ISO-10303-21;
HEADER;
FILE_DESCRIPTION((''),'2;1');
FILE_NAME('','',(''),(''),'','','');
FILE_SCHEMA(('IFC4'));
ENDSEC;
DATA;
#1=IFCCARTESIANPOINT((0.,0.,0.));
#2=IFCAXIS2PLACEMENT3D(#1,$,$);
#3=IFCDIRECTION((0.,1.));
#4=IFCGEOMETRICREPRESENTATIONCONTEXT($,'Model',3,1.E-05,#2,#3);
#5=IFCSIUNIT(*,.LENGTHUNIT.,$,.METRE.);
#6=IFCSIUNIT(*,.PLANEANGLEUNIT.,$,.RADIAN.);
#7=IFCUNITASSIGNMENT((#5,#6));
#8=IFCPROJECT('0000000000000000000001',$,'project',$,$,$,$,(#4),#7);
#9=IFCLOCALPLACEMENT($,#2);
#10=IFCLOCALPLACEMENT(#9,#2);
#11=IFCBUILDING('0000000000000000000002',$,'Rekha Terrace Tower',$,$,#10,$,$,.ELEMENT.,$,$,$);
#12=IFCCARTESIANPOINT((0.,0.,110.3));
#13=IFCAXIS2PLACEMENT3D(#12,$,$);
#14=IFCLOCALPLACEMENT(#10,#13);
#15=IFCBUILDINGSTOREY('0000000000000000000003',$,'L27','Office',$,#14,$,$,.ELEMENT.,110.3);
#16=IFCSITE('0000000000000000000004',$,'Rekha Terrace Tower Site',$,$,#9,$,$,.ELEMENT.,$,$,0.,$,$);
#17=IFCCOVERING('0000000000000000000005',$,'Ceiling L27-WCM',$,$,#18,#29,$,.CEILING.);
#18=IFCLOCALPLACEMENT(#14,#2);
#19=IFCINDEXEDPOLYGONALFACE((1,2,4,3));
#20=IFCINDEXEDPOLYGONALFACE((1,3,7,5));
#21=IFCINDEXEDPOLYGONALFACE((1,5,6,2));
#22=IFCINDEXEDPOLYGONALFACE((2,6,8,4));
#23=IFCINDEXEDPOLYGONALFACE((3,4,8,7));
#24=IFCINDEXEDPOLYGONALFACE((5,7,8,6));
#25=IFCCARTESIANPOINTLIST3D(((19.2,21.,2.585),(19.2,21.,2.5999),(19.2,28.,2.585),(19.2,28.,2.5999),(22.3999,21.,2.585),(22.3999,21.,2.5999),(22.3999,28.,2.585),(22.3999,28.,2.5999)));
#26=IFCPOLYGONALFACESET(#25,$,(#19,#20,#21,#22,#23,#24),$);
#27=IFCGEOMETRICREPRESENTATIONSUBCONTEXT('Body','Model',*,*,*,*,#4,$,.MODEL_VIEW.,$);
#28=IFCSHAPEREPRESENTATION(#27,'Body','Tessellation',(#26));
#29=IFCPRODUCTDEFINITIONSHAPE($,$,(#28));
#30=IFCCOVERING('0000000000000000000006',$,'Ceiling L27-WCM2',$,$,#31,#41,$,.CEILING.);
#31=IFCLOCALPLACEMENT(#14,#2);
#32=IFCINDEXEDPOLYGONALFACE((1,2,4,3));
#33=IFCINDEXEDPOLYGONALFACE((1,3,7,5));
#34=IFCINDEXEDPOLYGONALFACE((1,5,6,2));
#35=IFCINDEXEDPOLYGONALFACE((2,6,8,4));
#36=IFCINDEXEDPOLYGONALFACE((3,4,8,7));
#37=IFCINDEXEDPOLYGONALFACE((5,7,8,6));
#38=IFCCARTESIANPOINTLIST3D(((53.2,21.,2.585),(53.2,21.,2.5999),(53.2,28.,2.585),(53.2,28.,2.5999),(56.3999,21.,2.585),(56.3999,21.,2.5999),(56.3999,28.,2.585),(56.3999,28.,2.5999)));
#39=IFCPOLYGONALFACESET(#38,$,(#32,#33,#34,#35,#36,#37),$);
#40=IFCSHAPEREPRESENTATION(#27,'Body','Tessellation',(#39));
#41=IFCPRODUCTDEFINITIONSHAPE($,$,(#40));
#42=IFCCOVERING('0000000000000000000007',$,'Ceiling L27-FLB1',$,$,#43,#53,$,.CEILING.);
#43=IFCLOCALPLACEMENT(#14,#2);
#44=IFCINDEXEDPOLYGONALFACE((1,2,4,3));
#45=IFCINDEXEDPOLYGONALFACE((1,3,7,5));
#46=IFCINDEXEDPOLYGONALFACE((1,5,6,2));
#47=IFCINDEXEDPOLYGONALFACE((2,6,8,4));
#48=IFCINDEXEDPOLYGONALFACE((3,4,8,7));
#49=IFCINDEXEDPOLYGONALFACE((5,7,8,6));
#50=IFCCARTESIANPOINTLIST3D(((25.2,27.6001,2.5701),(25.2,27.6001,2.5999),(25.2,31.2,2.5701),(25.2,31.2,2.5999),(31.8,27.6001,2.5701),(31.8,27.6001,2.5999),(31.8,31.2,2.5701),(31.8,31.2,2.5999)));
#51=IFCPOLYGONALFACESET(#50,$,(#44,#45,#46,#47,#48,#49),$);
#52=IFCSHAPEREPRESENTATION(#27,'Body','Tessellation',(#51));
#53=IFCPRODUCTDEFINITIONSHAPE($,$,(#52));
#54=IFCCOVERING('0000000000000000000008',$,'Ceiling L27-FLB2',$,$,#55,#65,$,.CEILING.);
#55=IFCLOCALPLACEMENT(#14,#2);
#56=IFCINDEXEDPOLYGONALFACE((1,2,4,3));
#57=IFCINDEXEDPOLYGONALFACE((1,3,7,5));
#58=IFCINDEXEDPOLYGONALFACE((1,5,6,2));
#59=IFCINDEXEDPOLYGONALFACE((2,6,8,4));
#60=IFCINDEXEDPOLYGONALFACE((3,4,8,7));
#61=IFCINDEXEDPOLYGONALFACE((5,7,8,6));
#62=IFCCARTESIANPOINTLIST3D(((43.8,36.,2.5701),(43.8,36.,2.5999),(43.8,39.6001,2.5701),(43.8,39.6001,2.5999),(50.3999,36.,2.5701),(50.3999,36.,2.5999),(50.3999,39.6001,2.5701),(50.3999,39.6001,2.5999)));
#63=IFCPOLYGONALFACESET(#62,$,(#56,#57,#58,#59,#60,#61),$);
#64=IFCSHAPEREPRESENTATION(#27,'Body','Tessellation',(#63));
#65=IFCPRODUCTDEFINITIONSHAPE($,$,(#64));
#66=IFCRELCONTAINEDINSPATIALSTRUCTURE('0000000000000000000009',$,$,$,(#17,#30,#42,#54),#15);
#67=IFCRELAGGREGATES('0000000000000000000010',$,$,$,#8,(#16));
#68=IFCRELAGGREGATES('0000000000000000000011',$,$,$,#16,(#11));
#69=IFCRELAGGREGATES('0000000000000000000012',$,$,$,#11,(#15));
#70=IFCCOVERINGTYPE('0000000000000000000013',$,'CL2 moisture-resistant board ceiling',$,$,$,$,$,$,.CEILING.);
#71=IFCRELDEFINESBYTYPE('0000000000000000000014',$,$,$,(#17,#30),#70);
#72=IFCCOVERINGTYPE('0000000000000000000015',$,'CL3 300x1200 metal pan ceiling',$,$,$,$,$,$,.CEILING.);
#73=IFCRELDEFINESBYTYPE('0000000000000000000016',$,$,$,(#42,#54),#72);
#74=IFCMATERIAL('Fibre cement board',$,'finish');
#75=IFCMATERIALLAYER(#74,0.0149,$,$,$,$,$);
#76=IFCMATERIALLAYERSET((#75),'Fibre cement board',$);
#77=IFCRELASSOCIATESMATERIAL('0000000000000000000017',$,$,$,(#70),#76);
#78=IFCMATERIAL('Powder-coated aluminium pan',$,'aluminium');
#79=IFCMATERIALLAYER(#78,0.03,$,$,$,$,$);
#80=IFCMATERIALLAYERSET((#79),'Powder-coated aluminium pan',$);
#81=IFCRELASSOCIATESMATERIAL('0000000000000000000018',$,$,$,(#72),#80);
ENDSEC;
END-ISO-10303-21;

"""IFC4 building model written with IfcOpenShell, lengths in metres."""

from ifc_helpers import new_model, si_unit, direction, frame, origin, place, context, subcontext, project, spatial, polyline, outline, extrude, material, layer, layer_set, type_object, element, save


model = new_model("IFC4")

# Units and contexts
model_context = context("Model", 3, precision=1e-05, world=origin(), true_north=direction((0.0, 1.0)))
body_context = subcontext(model_context, "Body", "Model", "MODEL_VIEW")
ifc_project = project(units=[si_unit("LENGTHUNIT", "METRE"), si_unit("PLANEANGLEUNIT", "RADIAN")], contexts=[model_context])

# Site, building, storey
site_placement = place(None, origin())
site = spatial("IfcSite", under=ifc_project, at=site_placement, Name="Rekha Terrace Tower Site", CompositionType="ELEMENT", RefElevation=0.0)
building_placement = place(site_placement, origin())
building = spatial("IfcBuilding", under=site, at=building_placement, Name="Rekha Terrace Tower", CompositionType="ELEMENT")
storey_placement = place(building_placement, frame((0.0, 0.0, 110.3)))
storey = spatial("IfcBuildingStorey", under=building, at=storey_placement, Name="L27", Description="Office", CompositionType="ELEMENT", Elevation=110.3)

# Coverings
ifc_material_1 = material(Name="Fibre cement board", Category="finish")
ifc_layer_1 = layer(ifc_material_1, 0.0149)
ifc_layer_set_1 = layer_set([ifc_layer_1], Name="Fibre cement board")
covering_type_1 = type_object("IfcCoveringType", Name="CL2 moisture-resistant board ceiling", PredefinedType="CEILING", material=ifc_layer_set_1)
covering_1_placement = place(storey_placement, frame((0.0, 0.0, 2.585)))
element("IfcCovering", 1, at=covering_1_placement, inside=storey, type_object=covering_type_1, Name="Ceiling L27-WCM", PredefinedType="CEILING", context=body_context, shape_type="SweptSolid", body=[
    extrude(outline(polyline([(22.3999, 28.0), (19.2, 28.0), (19.2, 21.0), (22.3999, 21.0), (22.3999, 28.0)])), origin(), (0.0, 0.0, 1.0), 0.0149),
])
covering_2_placement = place(storey_placement, frame((0.0, 0.0, 2.585)))
element("IfcCovering", 2, at=covering_2_placement, inside=storey, type_object=covering_type_1, Name="Ceiling L27-WCM2", PredefinedType="CEILING", context=body_context, shape_type="SweptSolid", body=[
    extrude(outline(polyline([(56.3999, 28.0), (53.2, 28.0), (53.2, 21.0), (56.3999, 21.0), (56.3999, 28.0)])), origin(), (0.0, 0.0, 1.0), 0.0149),
])
ifc_material_2 = material(Name="Powder-coated aluminium pan", Category="aluminium")
ifc_layer_2 = layer(ifc_material_2, 0.03)
ifc_layer_set_2 = layer_set([ifc_layer_2], Name="Powder-coated aluminium pan")
covering_type_2 = type_object("IfcCoveringType", Name="CL3 300x1200 metal pan ceiling", PredefinedType="CEILING", material=ifc_layer_set_2)
covering_3_placement = place(storey_placement, frame((0.0, 0.0, 2.5701)))
element("IfcCovering", 3, at=covering_3_placement, inside=storey, type_object=covering_type_2, Name="Ceiling L27-FLB1", PredefinedType="CEILING", context=body_context, shape_type="SweptSolid", body=[
    extrude(outline(polyline([(31.8, 31.2), (25.2, 31.2), (25.2, 27.6001), (31.8, 27.6001), (31.8, 31.2)])), origin(), (0.0, 0.0, 1.0), 0.0298),
])
covering_4_placement = place(storey_placement, frame((0.0, 0.0, 2.5701)))
element("IfcCovering", 4, at=covering_4_placement, inside=storey, type_object=covering_type_2, Name="Ceiling L27-FLB2", PredefinedType="CEILING", context=body_context, shape_type="SweptSolid", body=[
    extrude(outline(polyline([(50.3999, 39.6001), (43.8, 39.6001), (43.8, 36.0), (50.3999, 36.0), (50.3999, 39.6001)])), origin(), (0.0, 0.0, 1.0), 0.0298),
])

save(model, "model.ifc")
